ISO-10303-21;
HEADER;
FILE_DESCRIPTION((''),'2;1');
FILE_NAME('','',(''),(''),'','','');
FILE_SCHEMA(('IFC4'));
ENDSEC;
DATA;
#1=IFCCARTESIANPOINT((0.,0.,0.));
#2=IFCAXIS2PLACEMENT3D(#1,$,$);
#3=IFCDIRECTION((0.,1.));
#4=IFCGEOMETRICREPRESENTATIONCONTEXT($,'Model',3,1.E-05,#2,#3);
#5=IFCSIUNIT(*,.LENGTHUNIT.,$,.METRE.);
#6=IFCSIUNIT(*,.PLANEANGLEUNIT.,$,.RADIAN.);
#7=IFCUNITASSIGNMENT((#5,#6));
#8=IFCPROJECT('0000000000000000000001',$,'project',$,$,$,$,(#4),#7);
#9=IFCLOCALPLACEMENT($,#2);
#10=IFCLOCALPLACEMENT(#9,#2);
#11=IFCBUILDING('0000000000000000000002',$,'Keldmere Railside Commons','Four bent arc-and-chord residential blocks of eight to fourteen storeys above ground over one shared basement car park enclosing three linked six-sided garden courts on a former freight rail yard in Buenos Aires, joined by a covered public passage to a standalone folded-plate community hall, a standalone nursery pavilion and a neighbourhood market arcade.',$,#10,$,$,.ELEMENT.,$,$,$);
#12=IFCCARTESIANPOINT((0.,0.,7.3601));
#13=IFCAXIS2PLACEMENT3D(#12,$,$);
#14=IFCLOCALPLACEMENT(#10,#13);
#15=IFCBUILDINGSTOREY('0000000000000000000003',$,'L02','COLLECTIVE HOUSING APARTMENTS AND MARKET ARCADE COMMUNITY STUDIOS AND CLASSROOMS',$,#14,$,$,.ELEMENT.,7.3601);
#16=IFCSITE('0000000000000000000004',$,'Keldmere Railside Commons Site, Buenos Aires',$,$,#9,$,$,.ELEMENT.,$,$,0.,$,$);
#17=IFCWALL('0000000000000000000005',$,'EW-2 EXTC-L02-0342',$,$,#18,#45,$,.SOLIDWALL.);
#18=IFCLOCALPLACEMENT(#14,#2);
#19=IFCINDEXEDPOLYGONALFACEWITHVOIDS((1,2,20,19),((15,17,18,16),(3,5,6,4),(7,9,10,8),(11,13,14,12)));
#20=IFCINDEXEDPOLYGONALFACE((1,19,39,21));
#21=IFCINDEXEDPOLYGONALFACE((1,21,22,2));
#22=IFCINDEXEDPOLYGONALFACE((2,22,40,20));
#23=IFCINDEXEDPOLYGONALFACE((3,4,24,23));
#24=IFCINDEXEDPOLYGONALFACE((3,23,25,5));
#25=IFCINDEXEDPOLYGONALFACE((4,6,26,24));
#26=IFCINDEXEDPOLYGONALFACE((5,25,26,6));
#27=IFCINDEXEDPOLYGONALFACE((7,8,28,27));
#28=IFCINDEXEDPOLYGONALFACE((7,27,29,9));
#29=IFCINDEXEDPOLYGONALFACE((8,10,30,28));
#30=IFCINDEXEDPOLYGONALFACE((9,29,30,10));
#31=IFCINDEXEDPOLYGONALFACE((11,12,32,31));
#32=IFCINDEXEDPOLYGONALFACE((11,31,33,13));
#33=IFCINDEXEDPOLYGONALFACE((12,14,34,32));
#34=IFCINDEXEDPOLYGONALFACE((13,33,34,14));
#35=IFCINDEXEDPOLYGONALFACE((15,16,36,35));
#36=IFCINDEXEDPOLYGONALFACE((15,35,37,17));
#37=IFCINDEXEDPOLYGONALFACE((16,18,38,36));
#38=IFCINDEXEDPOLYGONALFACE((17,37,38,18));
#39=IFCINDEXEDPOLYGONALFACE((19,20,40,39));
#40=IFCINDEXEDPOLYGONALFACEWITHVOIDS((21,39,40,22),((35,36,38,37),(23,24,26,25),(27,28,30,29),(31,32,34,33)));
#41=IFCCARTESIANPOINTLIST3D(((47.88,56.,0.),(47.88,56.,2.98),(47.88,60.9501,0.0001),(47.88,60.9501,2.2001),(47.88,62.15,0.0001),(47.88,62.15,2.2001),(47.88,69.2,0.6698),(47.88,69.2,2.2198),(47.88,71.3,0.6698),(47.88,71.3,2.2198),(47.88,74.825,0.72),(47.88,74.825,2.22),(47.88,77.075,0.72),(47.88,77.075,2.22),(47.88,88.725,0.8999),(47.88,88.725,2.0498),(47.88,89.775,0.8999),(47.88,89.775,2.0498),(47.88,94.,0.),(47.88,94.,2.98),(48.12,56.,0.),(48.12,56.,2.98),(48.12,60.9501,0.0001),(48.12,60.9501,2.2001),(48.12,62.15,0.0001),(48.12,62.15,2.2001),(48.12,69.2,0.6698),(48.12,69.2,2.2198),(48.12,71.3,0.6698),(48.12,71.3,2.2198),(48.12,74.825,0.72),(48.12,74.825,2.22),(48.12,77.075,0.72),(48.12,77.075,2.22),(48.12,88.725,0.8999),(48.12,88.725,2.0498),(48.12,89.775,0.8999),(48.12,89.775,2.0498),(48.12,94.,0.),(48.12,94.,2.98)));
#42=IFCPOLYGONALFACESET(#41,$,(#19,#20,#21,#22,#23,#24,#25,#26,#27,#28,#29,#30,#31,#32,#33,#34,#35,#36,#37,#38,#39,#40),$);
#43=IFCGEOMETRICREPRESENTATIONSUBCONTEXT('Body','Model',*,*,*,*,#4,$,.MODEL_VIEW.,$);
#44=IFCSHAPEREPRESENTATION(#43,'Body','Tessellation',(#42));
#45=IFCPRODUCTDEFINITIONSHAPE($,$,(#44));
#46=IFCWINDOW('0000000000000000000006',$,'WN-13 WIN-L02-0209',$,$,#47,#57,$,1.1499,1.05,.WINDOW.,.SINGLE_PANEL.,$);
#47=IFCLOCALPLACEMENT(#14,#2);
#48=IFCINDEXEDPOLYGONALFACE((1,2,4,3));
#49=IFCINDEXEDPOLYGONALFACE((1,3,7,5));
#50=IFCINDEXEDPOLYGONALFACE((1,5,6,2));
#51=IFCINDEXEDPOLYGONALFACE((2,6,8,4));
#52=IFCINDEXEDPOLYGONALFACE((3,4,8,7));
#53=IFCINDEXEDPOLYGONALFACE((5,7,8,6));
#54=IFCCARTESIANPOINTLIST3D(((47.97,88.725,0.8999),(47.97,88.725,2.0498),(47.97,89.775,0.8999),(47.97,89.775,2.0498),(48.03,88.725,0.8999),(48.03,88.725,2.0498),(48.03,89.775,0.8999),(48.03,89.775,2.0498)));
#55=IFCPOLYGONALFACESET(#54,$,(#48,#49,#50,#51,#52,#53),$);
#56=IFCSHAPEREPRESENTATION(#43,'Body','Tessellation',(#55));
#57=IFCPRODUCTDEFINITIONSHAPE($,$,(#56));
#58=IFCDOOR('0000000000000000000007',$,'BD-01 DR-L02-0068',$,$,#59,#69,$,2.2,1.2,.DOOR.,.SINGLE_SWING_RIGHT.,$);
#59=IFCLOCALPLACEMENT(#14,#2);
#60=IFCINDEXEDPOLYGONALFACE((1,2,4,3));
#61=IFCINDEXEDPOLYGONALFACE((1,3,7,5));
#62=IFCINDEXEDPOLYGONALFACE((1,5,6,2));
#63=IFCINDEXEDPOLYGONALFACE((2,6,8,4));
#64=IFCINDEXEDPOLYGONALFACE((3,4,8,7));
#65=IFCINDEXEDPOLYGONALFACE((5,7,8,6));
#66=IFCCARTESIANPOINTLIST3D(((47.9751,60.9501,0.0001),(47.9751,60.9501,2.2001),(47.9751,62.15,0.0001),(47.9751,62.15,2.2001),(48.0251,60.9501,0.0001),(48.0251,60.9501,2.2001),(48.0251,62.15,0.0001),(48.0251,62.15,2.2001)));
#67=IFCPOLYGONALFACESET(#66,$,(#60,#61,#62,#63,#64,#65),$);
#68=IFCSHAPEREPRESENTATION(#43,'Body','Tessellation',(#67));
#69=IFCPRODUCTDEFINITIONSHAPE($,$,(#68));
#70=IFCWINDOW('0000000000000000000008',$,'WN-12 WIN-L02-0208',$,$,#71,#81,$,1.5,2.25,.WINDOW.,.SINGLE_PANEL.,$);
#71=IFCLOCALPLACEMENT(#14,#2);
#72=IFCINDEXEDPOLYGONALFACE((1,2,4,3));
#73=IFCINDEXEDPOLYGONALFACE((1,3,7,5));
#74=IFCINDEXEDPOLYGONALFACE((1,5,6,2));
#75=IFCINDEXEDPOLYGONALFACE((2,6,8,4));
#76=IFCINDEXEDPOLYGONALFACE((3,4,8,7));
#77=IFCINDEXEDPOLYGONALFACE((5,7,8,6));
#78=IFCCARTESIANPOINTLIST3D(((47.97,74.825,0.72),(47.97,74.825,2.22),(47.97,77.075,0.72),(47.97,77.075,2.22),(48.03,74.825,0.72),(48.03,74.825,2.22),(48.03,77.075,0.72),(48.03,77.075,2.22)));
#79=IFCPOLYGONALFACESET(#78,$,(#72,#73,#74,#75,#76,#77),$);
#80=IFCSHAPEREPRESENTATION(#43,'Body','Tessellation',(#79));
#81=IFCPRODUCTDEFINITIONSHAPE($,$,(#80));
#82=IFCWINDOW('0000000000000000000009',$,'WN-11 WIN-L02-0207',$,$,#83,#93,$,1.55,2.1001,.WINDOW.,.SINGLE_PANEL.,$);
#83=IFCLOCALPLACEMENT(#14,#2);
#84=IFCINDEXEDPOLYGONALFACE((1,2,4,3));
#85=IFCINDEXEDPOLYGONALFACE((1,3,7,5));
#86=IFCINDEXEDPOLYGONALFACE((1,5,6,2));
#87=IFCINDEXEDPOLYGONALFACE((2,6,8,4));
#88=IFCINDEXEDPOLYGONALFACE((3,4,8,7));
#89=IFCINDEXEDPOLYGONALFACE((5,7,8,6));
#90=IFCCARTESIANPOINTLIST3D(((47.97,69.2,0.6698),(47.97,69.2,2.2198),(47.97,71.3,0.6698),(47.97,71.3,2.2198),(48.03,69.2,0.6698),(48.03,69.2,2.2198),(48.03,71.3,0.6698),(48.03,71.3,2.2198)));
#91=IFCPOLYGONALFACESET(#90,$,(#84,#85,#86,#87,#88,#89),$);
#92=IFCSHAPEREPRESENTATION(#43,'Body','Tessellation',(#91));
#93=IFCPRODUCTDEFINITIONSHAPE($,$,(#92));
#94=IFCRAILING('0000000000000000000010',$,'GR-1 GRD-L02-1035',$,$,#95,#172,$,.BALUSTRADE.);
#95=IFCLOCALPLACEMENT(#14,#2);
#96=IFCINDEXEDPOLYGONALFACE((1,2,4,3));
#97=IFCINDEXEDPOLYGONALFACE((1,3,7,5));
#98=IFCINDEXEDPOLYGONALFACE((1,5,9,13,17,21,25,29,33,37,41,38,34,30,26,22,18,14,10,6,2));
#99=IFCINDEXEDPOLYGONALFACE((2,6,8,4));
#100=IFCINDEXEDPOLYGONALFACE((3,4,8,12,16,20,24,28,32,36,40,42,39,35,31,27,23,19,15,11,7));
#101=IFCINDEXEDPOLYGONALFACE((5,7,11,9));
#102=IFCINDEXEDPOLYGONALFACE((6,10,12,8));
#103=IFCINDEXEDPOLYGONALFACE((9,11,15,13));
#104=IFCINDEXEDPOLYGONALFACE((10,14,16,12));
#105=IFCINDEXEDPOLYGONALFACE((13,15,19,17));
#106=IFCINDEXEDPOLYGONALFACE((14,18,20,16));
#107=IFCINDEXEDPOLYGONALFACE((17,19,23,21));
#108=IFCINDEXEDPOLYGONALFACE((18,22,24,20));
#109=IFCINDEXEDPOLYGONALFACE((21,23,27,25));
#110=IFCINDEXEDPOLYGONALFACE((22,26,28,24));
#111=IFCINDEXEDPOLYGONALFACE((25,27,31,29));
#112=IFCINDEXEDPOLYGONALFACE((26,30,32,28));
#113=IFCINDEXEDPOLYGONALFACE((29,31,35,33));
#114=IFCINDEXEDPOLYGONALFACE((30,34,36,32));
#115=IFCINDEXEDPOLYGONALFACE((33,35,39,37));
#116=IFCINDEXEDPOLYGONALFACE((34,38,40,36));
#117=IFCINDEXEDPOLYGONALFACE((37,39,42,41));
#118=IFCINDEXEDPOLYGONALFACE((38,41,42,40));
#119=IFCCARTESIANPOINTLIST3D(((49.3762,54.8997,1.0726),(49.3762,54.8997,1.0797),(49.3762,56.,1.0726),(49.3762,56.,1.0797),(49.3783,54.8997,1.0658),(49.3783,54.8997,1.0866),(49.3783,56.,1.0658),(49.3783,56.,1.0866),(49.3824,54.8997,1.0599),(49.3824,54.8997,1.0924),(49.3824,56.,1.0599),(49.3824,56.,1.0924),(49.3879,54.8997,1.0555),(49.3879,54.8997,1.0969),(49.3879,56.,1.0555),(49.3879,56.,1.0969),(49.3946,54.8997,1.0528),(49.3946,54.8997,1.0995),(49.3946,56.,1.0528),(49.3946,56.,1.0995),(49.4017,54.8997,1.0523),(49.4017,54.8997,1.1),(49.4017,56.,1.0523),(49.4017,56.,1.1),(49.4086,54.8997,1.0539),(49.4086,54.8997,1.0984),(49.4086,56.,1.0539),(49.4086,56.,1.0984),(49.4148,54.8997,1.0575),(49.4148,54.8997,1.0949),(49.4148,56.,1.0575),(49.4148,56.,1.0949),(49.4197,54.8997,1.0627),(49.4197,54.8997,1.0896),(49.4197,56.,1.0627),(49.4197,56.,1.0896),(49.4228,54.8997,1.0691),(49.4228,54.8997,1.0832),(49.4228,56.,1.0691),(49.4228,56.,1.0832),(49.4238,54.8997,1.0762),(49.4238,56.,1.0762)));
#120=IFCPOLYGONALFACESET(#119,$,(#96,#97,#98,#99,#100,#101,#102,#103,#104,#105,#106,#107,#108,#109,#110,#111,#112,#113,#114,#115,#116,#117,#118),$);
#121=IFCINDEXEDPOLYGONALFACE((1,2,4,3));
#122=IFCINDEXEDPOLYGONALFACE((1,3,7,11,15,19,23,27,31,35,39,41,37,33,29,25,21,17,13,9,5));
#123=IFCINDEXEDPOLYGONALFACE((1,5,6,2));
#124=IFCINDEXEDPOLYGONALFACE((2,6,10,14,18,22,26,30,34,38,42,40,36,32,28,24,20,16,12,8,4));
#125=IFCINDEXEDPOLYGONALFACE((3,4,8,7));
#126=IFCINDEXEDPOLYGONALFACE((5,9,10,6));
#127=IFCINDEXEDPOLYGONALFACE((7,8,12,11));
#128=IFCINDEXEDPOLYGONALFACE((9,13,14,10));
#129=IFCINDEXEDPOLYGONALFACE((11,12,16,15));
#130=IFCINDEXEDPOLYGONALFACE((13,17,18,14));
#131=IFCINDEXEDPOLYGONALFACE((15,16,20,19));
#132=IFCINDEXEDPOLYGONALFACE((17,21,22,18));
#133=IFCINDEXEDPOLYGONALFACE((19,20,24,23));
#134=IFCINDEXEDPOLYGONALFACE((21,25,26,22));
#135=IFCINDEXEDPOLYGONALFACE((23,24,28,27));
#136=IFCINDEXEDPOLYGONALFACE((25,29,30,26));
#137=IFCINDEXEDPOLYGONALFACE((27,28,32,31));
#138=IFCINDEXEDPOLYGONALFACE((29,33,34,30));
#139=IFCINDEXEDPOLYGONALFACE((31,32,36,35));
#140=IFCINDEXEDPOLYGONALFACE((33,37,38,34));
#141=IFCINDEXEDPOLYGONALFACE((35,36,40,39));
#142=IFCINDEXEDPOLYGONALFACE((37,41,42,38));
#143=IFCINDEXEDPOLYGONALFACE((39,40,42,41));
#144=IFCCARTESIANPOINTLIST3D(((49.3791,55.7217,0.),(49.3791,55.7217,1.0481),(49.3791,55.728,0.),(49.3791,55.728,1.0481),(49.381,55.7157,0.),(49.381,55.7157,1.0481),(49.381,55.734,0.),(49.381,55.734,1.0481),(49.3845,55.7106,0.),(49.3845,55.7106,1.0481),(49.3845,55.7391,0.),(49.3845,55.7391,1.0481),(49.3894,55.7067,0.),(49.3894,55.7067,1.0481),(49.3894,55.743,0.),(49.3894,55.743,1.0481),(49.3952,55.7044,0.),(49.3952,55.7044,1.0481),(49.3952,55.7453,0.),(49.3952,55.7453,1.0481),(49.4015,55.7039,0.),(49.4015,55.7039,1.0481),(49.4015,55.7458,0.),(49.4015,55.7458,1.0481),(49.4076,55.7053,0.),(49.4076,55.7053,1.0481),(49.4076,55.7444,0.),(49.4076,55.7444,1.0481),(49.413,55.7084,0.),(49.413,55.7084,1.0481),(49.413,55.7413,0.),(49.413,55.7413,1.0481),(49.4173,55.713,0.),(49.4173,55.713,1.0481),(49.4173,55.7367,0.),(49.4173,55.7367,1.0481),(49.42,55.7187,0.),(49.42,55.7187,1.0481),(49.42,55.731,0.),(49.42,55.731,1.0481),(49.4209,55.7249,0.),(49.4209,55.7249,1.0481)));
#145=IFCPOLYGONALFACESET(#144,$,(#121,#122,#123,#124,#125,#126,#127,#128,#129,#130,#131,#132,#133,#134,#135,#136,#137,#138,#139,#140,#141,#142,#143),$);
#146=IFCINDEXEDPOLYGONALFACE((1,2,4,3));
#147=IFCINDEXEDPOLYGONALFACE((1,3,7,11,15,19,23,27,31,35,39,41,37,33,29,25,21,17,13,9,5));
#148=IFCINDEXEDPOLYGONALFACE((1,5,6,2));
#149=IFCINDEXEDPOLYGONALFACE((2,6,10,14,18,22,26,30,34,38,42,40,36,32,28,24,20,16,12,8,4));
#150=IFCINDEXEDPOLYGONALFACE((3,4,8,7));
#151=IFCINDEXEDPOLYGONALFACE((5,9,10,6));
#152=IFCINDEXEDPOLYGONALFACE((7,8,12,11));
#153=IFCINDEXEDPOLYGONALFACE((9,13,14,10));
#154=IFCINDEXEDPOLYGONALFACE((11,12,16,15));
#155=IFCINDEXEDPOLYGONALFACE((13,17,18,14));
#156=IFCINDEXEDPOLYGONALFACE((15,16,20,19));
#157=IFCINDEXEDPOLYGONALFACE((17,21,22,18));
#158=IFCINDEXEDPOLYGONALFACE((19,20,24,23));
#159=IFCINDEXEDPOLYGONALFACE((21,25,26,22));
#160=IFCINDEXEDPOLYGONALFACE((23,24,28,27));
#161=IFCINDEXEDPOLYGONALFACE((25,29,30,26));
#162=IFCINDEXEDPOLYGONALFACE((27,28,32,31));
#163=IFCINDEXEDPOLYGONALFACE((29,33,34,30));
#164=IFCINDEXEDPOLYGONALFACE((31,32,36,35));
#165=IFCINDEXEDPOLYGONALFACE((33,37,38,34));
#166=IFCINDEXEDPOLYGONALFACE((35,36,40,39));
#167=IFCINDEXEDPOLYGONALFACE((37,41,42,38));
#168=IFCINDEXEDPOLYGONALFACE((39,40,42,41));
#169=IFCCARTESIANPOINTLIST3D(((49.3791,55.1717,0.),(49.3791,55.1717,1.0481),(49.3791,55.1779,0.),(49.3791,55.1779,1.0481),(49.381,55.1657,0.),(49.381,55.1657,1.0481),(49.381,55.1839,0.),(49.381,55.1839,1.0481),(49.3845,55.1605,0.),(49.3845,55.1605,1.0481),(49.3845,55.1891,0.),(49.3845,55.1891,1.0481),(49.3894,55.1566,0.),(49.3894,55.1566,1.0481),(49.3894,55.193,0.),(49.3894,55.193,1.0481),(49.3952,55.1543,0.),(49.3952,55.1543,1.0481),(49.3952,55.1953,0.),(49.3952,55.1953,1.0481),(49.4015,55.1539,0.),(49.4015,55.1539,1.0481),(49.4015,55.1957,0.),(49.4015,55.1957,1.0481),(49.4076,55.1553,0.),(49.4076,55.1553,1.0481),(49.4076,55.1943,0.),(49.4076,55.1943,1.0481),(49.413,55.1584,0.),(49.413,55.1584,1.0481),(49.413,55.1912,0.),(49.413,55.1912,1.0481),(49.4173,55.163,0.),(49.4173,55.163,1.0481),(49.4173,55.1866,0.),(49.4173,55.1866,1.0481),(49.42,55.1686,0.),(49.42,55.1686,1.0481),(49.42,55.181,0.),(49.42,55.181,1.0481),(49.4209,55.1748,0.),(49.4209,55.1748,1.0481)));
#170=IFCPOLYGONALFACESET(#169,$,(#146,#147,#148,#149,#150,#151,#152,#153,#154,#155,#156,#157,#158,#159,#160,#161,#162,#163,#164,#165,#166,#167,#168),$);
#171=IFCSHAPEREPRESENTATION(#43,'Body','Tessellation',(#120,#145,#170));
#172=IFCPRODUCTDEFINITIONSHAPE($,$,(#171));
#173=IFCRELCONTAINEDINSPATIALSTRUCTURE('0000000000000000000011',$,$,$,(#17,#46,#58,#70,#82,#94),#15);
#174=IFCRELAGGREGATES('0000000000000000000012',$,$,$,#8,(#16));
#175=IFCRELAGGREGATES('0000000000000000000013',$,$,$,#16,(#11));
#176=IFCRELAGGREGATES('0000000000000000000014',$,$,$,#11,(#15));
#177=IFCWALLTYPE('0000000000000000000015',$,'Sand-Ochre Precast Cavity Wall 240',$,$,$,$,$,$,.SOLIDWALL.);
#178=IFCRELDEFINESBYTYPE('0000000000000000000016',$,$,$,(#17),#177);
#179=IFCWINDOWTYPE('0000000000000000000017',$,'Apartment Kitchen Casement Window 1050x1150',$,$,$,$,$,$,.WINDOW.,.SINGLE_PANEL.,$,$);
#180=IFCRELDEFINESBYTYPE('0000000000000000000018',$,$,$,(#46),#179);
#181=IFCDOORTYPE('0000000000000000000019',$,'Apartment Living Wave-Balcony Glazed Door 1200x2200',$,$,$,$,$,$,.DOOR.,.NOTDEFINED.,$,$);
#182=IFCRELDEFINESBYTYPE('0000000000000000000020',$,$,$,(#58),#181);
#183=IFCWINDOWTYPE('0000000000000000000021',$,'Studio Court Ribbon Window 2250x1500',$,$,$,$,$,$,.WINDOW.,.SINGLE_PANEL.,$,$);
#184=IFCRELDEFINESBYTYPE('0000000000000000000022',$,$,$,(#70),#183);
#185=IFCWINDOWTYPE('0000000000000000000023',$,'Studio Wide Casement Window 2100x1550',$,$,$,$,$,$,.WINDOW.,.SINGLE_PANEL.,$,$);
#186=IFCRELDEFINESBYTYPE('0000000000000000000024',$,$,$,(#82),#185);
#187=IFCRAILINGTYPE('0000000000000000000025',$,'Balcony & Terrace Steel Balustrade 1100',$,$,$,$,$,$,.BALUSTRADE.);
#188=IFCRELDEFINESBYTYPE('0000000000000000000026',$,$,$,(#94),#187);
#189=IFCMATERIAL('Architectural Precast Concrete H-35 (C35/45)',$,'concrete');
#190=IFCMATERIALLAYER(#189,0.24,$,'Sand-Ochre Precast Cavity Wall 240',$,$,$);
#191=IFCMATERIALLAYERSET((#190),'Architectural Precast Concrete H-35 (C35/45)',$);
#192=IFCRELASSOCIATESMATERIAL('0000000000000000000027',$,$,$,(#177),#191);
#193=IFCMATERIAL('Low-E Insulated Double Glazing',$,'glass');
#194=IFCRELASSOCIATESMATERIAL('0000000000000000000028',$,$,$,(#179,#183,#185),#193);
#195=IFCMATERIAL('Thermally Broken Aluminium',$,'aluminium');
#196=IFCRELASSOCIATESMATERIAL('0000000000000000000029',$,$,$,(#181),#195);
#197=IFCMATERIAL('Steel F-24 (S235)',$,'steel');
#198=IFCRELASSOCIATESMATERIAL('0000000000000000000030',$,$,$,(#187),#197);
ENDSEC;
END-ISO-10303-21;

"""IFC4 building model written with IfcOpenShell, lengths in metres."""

from ifc_helpers import new_model, si_unit, direction, frame, frame_2d, origin, origin_2d, place, context, subcontext, project, spatial, rectangle, circle, extrude, material, layer, layer_set, type_object, element, fill, save


model = new_model("IFC4")

# Units and contexts
model_context = context("Model", 3, precision=1e-05, world=origin(), true_north=direction((0.0, 1.0)))
body_context = subcontext(model_context, "Body", "Model", "MODEL_VIEW")
ifc_project = project(units=[si_unit("LENGTHUNIT", "METRE"), si_unit("PLANEANGLEUNIT", "RADIAN")], contexts=[model_context])

# Site, building, storey
site_placement = place(None, origin())
site = spatial("IfcSite", under=ifc_project, at=site_placement, Name="Keldmere Railside Commons Site, Buenos Aires", CompositionType="ELEMENT", RefElevation=0.0)
building_placement = place(site_placement, origin())
building = spatial("IfcBuilding", under=site, at=building_placement, Name="Keldmere Railside Commons", Description="Four bent arc-and-chord residential blocks of eight to fourteen storeys above ground over one shared basement car park enclosing three linked six-sided garden courts on a former freight rail yard in Buenos Aires, joined by a covered public passage to a standalone folded-plate community hall, a standalone nursery pavilion and a neighbourhood market arcade.", CompositionType="ELEMENT")
storey_placement = place(building_placement, frame((0.0, 0.0, 7.3601)))
storey = spatial("IfcBuildingStorey", under=building, at=storey_placement, Name="L02", Description="COLLECTIVE HOUSING APARTMENTS AND MARKET ARCADE COMMUNITY STUDIOS AND CLASSROOMS", CompositionType="ELEMENT", Elevation=7.3601)

# Shared definitions
ifc_material_1 = material(Name="Steel F-24 (S235)", Category="steel")

# Wall, openings, windows, door
ifc_material_2 = material(Name="Architectural Precast Concrete H-35 (C35/45)", Category="concrete")
ifc_layer_1 = layer(ifc_material_2, 0.24, Name="Sand-Ochre Precast Cavity Wall 240")
ifc_layer_set_1 = layer_set([ifc_layer_1], Name="Architectural Precast Concrete H-35 (C35/45)")
wall_type_1 = type_object("IfcWallType", Name="Sand-Ochre Precast Cavity Wall 240", PredefinedType="SOLIDWALL", material=ifc_layer_set_1)
wall_1_placement = place(storey_placement, frame((48.0, 56.0, 0.0), z_axis=(0.0, 0.0, 1.0), x_axis=(0.0, 1.0, 0.0)))
wall_1 = element("IfcWall", 1, at=wall_1_placement, inside=storey, type_object=wall_type_1, Name="EW-2 EXTC-L02-0342", PredefinedType="SOLIDWALL", context=body_context, shape_type="SweptSolid", body=[
    extrude(rectangle(XDim=38.0, YDim=0.24, at=frame_2d((19.0, 0.0))), origin(), (0.0, 0.0, 1.0), 2.98),
])
opening_1_placement = place(wall_1_placement, frame((4.95, 0.0, 0.0)))
opening_1 = element("IfcOpeningElement", 2, at=opening_1_placement, cuts=wall_1, PredefinedType="OPENING", context=body_context, shape_type="SweptSolid", body=[
    extrude(rectangle(XDim=1.2, YDim=2.2, at=frame_2d((0.6001, 1.1001))), frame((0.0, 0.1299, 0.0), z_axis=(0.0, -1.0, 0.0), x_axis=(1.0, 0.0, 0.0)), (0.0, 0.0, 1.0), 0.26),
])
opening_2_placement = place(wall_1_placement, frame((13.2, 0.0, 0.6699)))
opening_2 = element("IfcOpeningElement", 3, at=opening_2_placement, cuts=wall_1, PredefinedType="OPENING", context=body_context, shape_type="SweptSolid", body=[
    extrude(rectangle(XDim=2.1001, YDim=1.55, at=frame_2d((1.05, 0.7749))), frame((0.0, 0.1299, 0.0), z_axis=(0.0, -1.0, 0.0), x_axis=(1.0, 0.0, 0.0)), (0.0, 0.0, 1.0), 0.26),
])
opening_3_placement = place(wall_1_placement, frame((18.825, 0.0, 0.72)))
opening_3 = element("IfcOpeningElement", 4, at=opening_3_placement, cuts=wall_1, PredefinedType="OPENING", context=body_context, shape_type="SweptSolid", body=[
    extrude(rectangle(XDim=2.25, YDim=1.5, at=frame_2d((1.125, 0.75))), frame((0.0, 0.1299, 0.0), z_axis=(0.0, -1.0, 0.0), x_axis=(1.0, 0.0, 0.0)), (0.0, 0.0, 1.0), 0.26),
])
opening_4_placement = place(wall_1_placement, frame((32.7251, 0.0, 0.8999)))
opening_4 = element("IfcOpeningElement", 5, at=opening_4_placement, cuts=wall_1, PredefinedType="OPENING", context=body_context, shape_type="SweptSolid", body=[
    extrude(rectangle(XDim=1.05, YDim=1.1499, at=frame_2d((0.5249, 0.575))), frame((0.0, 0.1299, 0.0), z_axis=(0.0, -1.0, 0.0), x_axis=(1.0, 0.0, 0.0)), (0.0, 0.0, 1.0), 0.26),
])
ifc_material_3 = material(Name="Low-E Insulated Double Glazing", Category="glass")
window_type_1 = type_object("IfcWindowType", Name="Apartment Kitchen Casement Window 1050x1150", PartitioningType="SINGLE_PANEL", PredefinedType="WINDOW", material=ifc_material_3)
window_1_placement = place(opening_4_placement, origin())
window_1 = element("IfcWindow", 6, at=window_1_placement, inside=storey, type_object=window_type_1, Name="WN-13 WIN-L02-0209", OverallHeight=1.1499, OverallWidth=1.05, PartitioningType="SINGLE_PANEL", PredefinedType="WINDOW", context=body_context, shape_type="SweptSolid", body=[
    extrude(rectangle(XDim=1.05, YDim=1.1499, at=frame_2d((0.5249, 0.575))), frame((0.0, 0.03, 0.0), z_axis=(0.0, -1.0, 0.0), x_axis=(1.0, 0.0, 0.0)), (0.0, 0.0, 1.0), 0.0601),
])
fill(opening_4, window_1)
ifc_material_4 = material(Name="Thermally Broken Aluminium", Category="aluminium")
door_type_1 = type_object("IfcDoorType", Name="Apartment Living Wave-Balcony Glazed Door 1200x2200", OperationType="NOTDEFINED", PredefinedType="DOOR", material=ifc_material_4)
door_1_placement = place(opening_1_placement, origin())
door_1 = element("IfcDoor", 7, at=door_1_placement, inside=storey, type_object=door_type_1, Name="BD-01 DR-L02-0068", OperationType="SINGLE_SWING_RIGHT", OverallHeight=2.2, OverallWidth=1.2, PredefinedType="DOOR", context=body_context, shape_type="SweptSolid", body=[
    extrude(rectangle(XDim=1.2, YDim=2.2, at=frame_2d((0.6001, 1.1001))), frame((0.0, 0.0249, 0.0), z_axis=(0.0, -1.0, 0.0), x_axis=(1.0, 0.0, 0.0)), (0.0, 0.0, 1.0), 0.05),
])
fill(opening_1, door_1)
window_type_2 = type_object("IfcWindowType", Name="Studio Court Ribbon Window 2250x1500", PartitioningType="SINGLE_PANEL", PredefinedType="WINDOW", material=ifc_material_3)
window_2_placement = place(opening_3_placement, origin())
window_2 = element("IfcWindow", 8, at=window_2_placement, inside=storey, type_object=window_type_2, Name="WN-12 WIN-L02-0208", OverallHeight=1.5, OverallWidth=2.25, PartitioningType="SINGLE_PANEL", PredefinedType="WINDOW", context=body_context, shape_type="SweptSolid", body=[
    extrude(rectangle(XDim=2.25, YDim=1.5, at=frame_2d((1.125, 0.75))), frame((0.0, 0.03, 0.0), z_axis=(0.0, -1.0, 0.0), x_axis=(1.0, 0.0, 0.0)), (0.0, 0.0, 1.0), 0.0601),
])
fill(opening_3, window_2)
window_type_3 = type_object("IfcWindowType", Name="Studio Wide Casement Window 2100x1550", PartitioningType="SINGLE_PANEL", PredefinedType="WINDOW", material=ifc_material_3)
window_3_placement = place(opening_2_placement, origin())
window_3 = element("IfcWindow", 9, at=window_3_placement, inside=storey, type_object=window_type_3, Name="WN-11 WIN-L02-0207", OverallHeight=1.55, OverallWidth=2.1001, PartitioningType="SINGLE_PANEL", PredefinedType="WINDOW", context=body_context, shape_type="SweptSolid", body=[
    extrude(rectangle(XDim=2.1001, YDim=1.55, at=frame_2d((1.05, 0.7749))), frame((0.0, 0.03, 0.0), z_axis=(0.0, -1.0, 0.0), x_axis=(1.0, 0.0, 0.0)), (0.0, 0.0, 1.0), 0.0601),
])
fill(opening_2, window_3)

# Railing
railing_type = type_object("IfcRailingType", Name="Balcony & Terrace Steel Balustrade 1100", PredefinedType="BALUSTRADE", material=ifc_material_1)
railing_1_placement = place(storey_placement, frame((49.3999, 56.0, 0.0)))
element("IfcRailing", 10, at=railing_1_placement, inside=storey, type_object=railing_type, Name="GR-1 GRD-L02-1035", PredefinedType="BALUSTRADE", context=body_context, shape_type="SweptSolid", body=[
    extrude(circle(Radius=0.0239, at=origin_2d()), frame((0.0, 0.0, 1.0762), z_axis=(0.0, -1.0, 0.0), x_axis=(1.0, 0.0, 0.0)), (0.0, 0.0, 1.0), 1.1003),
    extrude(circle(Radius=0.021, at=origin_2d()), frame((0.0, -0.2751, 0.0)), (0.0, 0.0, 1.0), 1.0481),
    extrude(circle(Radius=0.021, at=origin_2d()), frame((0.0, -0.8252, 0.0)), (0.0, 0.0, 1.0), 1.0481),
])

save(model, "model.ifc")
